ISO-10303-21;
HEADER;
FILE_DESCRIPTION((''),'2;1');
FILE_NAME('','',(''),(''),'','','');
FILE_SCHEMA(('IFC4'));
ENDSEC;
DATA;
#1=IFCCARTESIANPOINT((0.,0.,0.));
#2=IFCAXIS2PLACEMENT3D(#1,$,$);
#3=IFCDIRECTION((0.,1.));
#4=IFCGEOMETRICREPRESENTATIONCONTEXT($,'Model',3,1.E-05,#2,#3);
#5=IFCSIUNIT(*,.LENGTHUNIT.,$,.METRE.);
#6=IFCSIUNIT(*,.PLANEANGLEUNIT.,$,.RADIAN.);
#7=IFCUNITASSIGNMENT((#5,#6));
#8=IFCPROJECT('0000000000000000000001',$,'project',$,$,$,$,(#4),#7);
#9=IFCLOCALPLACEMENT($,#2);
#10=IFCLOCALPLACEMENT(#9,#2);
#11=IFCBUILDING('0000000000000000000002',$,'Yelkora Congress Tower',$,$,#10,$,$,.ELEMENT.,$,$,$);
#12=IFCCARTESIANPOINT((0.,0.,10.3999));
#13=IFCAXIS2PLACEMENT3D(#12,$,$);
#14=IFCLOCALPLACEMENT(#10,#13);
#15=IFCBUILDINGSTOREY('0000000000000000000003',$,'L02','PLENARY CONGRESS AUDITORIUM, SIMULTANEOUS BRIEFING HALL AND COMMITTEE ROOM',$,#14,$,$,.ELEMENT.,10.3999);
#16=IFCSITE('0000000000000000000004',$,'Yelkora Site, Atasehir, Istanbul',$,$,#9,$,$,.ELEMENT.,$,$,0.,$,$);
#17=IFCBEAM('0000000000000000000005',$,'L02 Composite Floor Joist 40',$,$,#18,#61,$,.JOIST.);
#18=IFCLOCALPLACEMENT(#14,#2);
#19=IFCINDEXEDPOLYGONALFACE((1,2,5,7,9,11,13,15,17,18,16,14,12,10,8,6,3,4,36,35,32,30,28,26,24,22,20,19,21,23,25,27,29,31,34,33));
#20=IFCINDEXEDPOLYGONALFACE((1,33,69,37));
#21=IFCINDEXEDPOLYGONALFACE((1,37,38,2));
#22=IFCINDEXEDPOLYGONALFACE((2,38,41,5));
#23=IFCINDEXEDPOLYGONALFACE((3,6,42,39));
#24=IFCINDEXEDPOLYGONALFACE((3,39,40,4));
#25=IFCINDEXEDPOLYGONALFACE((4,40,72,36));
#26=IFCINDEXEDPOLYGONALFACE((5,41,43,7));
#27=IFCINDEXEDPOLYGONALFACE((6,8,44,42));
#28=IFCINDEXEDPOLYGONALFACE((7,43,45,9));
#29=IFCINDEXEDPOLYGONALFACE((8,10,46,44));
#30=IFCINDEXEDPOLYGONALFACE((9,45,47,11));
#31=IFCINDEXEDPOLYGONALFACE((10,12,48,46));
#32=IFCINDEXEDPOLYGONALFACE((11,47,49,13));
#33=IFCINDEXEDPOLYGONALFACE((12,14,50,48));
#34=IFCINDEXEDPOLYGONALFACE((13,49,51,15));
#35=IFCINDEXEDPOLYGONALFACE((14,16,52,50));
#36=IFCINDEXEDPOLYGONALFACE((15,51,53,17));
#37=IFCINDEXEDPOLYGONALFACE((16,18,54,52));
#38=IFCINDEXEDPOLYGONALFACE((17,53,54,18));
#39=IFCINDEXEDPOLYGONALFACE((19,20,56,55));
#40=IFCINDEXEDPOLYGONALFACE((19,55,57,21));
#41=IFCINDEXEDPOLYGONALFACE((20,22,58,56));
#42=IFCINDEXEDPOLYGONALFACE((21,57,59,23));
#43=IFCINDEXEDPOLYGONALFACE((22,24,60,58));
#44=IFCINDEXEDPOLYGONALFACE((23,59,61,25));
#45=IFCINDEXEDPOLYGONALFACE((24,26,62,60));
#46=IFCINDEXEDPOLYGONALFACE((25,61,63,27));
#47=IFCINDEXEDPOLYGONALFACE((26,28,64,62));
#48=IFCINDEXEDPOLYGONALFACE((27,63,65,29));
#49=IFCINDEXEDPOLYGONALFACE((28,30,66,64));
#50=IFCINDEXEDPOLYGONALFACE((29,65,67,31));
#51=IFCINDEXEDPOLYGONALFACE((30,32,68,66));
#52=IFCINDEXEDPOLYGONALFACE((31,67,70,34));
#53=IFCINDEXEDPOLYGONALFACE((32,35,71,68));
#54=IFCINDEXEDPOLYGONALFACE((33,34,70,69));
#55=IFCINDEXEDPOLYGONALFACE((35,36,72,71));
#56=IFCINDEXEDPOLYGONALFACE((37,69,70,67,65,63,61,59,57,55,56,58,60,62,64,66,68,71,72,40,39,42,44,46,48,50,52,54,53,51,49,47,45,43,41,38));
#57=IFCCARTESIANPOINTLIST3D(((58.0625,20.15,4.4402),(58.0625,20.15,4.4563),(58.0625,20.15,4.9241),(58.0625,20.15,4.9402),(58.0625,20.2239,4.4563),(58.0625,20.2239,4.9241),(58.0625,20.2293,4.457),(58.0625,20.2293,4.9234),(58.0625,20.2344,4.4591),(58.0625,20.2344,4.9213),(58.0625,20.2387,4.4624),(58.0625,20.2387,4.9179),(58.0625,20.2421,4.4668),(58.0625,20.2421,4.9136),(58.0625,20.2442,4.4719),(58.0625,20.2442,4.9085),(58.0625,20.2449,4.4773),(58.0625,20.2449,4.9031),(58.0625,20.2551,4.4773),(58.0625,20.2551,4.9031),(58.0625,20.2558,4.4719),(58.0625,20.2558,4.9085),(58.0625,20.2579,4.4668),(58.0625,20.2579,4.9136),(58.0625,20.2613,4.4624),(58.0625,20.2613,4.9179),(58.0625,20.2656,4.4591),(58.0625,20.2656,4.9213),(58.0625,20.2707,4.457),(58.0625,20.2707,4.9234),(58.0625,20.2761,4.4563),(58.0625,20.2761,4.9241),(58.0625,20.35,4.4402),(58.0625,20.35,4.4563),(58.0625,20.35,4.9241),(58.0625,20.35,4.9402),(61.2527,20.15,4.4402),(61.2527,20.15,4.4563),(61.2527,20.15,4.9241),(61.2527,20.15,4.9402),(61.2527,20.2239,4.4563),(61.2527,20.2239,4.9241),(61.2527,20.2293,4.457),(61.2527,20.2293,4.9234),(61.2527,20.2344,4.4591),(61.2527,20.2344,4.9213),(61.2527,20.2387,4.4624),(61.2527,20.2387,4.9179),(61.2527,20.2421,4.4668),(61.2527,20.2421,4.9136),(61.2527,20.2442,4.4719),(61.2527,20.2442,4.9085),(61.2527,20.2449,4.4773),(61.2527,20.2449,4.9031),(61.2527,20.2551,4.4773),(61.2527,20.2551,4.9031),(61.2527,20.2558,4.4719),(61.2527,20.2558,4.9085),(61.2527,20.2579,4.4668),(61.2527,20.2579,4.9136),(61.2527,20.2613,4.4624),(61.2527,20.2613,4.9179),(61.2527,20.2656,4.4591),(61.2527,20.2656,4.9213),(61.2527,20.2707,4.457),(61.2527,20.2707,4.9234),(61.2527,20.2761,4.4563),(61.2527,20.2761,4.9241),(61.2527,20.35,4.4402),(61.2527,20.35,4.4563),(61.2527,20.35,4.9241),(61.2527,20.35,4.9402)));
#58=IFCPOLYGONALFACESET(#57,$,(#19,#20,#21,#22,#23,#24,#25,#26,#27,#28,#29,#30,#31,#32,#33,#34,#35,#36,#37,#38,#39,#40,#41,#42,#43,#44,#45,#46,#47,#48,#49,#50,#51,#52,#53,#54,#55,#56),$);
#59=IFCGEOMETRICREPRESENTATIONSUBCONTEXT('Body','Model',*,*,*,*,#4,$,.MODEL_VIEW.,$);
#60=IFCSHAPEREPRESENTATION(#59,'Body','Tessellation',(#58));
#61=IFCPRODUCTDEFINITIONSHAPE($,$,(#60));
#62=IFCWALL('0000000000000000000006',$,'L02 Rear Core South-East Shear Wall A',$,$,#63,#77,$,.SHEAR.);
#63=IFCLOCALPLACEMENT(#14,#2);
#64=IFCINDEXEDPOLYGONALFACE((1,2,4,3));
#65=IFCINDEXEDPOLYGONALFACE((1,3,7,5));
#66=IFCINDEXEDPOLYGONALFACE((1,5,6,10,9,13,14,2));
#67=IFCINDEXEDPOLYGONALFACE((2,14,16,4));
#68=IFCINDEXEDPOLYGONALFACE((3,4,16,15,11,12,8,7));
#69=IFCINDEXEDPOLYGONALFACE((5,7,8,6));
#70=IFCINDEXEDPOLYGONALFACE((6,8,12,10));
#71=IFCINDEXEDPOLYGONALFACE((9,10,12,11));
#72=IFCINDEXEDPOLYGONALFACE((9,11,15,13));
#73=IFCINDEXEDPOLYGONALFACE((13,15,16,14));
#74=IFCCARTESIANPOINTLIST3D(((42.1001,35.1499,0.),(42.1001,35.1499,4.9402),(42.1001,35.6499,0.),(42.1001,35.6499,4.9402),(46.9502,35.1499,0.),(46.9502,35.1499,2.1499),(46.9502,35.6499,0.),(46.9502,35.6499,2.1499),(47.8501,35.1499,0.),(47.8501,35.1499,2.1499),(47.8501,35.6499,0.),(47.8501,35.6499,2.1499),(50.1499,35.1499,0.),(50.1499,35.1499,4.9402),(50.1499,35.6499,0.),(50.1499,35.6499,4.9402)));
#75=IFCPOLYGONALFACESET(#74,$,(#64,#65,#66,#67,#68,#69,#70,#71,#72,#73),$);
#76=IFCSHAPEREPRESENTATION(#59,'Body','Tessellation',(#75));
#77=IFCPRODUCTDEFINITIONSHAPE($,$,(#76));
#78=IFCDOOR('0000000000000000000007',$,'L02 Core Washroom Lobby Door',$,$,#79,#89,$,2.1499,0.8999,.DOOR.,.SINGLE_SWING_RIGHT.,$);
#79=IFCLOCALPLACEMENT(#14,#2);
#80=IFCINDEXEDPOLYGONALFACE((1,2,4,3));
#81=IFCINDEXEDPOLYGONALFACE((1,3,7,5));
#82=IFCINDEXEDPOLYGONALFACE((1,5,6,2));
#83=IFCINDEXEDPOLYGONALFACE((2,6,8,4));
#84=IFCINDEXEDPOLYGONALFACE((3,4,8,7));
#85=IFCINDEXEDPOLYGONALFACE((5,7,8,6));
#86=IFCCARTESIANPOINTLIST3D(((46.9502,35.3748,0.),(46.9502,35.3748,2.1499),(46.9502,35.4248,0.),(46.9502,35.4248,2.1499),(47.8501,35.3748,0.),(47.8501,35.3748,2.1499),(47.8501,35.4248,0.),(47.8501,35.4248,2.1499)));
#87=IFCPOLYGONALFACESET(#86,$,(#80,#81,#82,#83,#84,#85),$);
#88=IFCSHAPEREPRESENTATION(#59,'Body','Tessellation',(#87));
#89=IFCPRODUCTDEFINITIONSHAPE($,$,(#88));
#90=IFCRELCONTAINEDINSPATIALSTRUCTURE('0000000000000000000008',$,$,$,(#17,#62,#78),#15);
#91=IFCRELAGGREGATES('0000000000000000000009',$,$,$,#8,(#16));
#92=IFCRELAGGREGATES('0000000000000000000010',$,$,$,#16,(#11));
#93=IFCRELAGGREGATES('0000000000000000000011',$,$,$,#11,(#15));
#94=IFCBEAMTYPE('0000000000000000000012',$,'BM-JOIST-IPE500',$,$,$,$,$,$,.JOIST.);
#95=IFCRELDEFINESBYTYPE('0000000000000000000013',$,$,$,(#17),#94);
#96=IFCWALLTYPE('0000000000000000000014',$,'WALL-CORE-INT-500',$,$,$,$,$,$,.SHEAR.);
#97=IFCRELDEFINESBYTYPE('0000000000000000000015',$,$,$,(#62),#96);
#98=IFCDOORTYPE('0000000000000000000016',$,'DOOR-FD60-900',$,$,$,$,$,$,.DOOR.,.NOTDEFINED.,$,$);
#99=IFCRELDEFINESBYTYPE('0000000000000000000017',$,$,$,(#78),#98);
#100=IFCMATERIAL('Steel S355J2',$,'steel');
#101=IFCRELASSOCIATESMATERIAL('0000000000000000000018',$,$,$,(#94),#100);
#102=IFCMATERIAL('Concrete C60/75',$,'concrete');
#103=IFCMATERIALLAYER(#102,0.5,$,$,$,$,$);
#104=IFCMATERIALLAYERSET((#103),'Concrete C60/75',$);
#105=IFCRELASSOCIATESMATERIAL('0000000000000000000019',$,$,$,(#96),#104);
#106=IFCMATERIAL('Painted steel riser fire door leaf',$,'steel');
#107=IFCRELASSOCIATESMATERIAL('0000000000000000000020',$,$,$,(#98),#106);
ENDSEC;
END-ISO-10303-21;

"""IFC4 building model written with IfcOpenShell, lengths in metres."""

from ifc_helpers import new_model, si_unit, direction, frame, frame_2d, origin, origin_2d, place, context, subcontext, project, spatial, rectangle, i_section, extrude, material, layer, layer_set, material_profile, profile_set, type_object, element, fill, save


model = new_model("IFC4")

# Units and contexts
model_context = context("Model", 3, precision=1e-05, world=origin(), true_north=direction((0.0, 1.0)))
body_context = subcontext(model_context, "Body", "Model", "MODEL_VIEW")
ifc_project = project(units=[si_unit("LENGTHUNIT", "METRE"), si_unit("PLANEANGLEUNIT", "RADIAN")], contexts=[model_context])

# Site, building, storey
site_placement = place(None, origin())
site = spatial("IfcSite", under=ifc_project, at=site_placement, Name="Yelkora Site, Atasehir, Istanbul", CompositionType="ELEMENT", RefElevation=0.0)
building_placement = place(site_placement, origin())
building = spatial("IfcBuilding", under=site, at=building_placement, Name="Yelkora Congress Tower", CompositionType="ELEMENT")
storey_placement = place(building_placement, frame((0.0, 0.0, 10.3999)))
storey = spatial("IfcBuildingStorey", under=building, at=storey_placement, Name="L02", Description="PLENARY CONGRESS AUDITORIUM, SIMULTANEOUS BRIEFING HALL AND COMMITTEE ROOM", CompositionType="ELEMENT", Elevation=10.3999)

# Shared definitions
ifc_material_1 = material(Name="Concrete C60/75", Category="concrete")

# Beam
ifc_material_2 = material(Name="Steel S355J2", Category="steel")
ifc_material_profile_1 = material_profile(ifc_material_2, i_section(OverallWidth=0.2, OverallDepth=0.5, WebThickness=0.0103, FlangeThickness=0.0161, FilletRadius=0.021, at=origin_2d()), Name="IPE 500")
ifc_profile_set_1 = profile_set([ifc_material_profile_1], Name="Steel S355J2")
beam_type_1 = type_object("IfcBeamType", Name="BM-JOIST-IPE500", PredefinedType="JOIST", material=ifc_profile_set_1)
beam_1_placement = place(storey_placement, frame((58.0625, 20.25, 4.6902), z_axis=(1.0, 0.0, 0.0), x_axis=(0.0, 1.0, 0.0)))
element("IfcBeam", 1, at=beam_1_placement, inside=storey, type_object=beam_type_1, Name="L02 Composite Floor Joist 40", PredefinedType="JOIST", context=body_context, shape_type="SweptSolid", body=[
    extrude(i_section(OverallWidth=0.2, OverallDepth=0.5, WebThickness=0.0103, FlangeThickness=0.0161, FilletRadius=0.021, at=origin_2d()), origin(), (0.0, 0.0, 1.0), 3.1902),
])

# Wall, opening, door
ifc_layer = layer(ifc_material_1, 0.5)
ifc_layer_set = layer_set([ifc_layer], Name="Concrete C60/75")
wall_type = type_object("IfcWallType", Name="WALL-CORE-INT-500", PredefinedType="SHEAR", material=ifc_layer_set)
wall_placement = place(storey_placement, frame((42.1001, 35.3999, 0.0), z_axis=(0.0, 0.0, 1.0), x_axis=(1.0, 0.0, 0.0)))
wall = element("IfcWall", 2, at=wall_placement, inside=storey, type_object=wall_type, Name="L02 Rear Core South-East Shear Wall A", PredefinedType="SHEAR", context=body_context, shape_type="SweptSolid", body=[
    extrude(rectangle(XDim=8.0498, YDim=0.5, at=frame_2d((4.0249, 0.0))), origin(), (0.0, 0.0, 1.0), 4.9402),
])
opening_placement = place(wall_placement, frame((4.8501, 0.0, 0.0)))
opening = element("IfcOpeningElement", 3, at=opening_placement, cuts=wall, PredefinedType="OPENING", context=body_context, shape_type="SweptSolid", body=[
    extrude(rectangle(XDim=0.8999, YDim=2.1499, at=frame_2d((0.45, 1.075))), frame((0.0, 0.26, 0.0), z_axis=(0.0, -1.0, 0.0), x_axis=(1.0, 0.0, 0.0)), (0.0, 0.0, 1.0), 0.52),
])
ifc_material_3 = material(Name="Painted steel riser fire door leaf", Category="steel")
door_type = type_object("IfcDoorType", Name="DOOR-FD60-900", OperationType="NOTDEFINED", PredefinedType="DOOR", material=ifc_material_3)
door_placement = place(opening_placement, origin())
door = element("IfcDoor", 4, at=door_placement, inside=storey, type_object=door_type, Name="L02 Core Washroom Lobby Door", OperationType="SINGLE_SWING_RIGHT", OverallHeight=2.1499, OverallWidth=0.8999, PredefinedType="DOOR", context=body_context, shape_type="SweptSolid", body=[
    extrude(rectangle(XDim=0.8999, YDim=2.1499, at=frame_2d((0.45, 1.075))), frame((0.0, 0.0249, 0.0), z_axis=(0.0, -1.0, 0.0), x_axis=(1.0, 0.0, 0.0)), (0.0, 0.0, 1.0), 0.05),
])
fill(opening, door)

save(model, "model.ifc")
